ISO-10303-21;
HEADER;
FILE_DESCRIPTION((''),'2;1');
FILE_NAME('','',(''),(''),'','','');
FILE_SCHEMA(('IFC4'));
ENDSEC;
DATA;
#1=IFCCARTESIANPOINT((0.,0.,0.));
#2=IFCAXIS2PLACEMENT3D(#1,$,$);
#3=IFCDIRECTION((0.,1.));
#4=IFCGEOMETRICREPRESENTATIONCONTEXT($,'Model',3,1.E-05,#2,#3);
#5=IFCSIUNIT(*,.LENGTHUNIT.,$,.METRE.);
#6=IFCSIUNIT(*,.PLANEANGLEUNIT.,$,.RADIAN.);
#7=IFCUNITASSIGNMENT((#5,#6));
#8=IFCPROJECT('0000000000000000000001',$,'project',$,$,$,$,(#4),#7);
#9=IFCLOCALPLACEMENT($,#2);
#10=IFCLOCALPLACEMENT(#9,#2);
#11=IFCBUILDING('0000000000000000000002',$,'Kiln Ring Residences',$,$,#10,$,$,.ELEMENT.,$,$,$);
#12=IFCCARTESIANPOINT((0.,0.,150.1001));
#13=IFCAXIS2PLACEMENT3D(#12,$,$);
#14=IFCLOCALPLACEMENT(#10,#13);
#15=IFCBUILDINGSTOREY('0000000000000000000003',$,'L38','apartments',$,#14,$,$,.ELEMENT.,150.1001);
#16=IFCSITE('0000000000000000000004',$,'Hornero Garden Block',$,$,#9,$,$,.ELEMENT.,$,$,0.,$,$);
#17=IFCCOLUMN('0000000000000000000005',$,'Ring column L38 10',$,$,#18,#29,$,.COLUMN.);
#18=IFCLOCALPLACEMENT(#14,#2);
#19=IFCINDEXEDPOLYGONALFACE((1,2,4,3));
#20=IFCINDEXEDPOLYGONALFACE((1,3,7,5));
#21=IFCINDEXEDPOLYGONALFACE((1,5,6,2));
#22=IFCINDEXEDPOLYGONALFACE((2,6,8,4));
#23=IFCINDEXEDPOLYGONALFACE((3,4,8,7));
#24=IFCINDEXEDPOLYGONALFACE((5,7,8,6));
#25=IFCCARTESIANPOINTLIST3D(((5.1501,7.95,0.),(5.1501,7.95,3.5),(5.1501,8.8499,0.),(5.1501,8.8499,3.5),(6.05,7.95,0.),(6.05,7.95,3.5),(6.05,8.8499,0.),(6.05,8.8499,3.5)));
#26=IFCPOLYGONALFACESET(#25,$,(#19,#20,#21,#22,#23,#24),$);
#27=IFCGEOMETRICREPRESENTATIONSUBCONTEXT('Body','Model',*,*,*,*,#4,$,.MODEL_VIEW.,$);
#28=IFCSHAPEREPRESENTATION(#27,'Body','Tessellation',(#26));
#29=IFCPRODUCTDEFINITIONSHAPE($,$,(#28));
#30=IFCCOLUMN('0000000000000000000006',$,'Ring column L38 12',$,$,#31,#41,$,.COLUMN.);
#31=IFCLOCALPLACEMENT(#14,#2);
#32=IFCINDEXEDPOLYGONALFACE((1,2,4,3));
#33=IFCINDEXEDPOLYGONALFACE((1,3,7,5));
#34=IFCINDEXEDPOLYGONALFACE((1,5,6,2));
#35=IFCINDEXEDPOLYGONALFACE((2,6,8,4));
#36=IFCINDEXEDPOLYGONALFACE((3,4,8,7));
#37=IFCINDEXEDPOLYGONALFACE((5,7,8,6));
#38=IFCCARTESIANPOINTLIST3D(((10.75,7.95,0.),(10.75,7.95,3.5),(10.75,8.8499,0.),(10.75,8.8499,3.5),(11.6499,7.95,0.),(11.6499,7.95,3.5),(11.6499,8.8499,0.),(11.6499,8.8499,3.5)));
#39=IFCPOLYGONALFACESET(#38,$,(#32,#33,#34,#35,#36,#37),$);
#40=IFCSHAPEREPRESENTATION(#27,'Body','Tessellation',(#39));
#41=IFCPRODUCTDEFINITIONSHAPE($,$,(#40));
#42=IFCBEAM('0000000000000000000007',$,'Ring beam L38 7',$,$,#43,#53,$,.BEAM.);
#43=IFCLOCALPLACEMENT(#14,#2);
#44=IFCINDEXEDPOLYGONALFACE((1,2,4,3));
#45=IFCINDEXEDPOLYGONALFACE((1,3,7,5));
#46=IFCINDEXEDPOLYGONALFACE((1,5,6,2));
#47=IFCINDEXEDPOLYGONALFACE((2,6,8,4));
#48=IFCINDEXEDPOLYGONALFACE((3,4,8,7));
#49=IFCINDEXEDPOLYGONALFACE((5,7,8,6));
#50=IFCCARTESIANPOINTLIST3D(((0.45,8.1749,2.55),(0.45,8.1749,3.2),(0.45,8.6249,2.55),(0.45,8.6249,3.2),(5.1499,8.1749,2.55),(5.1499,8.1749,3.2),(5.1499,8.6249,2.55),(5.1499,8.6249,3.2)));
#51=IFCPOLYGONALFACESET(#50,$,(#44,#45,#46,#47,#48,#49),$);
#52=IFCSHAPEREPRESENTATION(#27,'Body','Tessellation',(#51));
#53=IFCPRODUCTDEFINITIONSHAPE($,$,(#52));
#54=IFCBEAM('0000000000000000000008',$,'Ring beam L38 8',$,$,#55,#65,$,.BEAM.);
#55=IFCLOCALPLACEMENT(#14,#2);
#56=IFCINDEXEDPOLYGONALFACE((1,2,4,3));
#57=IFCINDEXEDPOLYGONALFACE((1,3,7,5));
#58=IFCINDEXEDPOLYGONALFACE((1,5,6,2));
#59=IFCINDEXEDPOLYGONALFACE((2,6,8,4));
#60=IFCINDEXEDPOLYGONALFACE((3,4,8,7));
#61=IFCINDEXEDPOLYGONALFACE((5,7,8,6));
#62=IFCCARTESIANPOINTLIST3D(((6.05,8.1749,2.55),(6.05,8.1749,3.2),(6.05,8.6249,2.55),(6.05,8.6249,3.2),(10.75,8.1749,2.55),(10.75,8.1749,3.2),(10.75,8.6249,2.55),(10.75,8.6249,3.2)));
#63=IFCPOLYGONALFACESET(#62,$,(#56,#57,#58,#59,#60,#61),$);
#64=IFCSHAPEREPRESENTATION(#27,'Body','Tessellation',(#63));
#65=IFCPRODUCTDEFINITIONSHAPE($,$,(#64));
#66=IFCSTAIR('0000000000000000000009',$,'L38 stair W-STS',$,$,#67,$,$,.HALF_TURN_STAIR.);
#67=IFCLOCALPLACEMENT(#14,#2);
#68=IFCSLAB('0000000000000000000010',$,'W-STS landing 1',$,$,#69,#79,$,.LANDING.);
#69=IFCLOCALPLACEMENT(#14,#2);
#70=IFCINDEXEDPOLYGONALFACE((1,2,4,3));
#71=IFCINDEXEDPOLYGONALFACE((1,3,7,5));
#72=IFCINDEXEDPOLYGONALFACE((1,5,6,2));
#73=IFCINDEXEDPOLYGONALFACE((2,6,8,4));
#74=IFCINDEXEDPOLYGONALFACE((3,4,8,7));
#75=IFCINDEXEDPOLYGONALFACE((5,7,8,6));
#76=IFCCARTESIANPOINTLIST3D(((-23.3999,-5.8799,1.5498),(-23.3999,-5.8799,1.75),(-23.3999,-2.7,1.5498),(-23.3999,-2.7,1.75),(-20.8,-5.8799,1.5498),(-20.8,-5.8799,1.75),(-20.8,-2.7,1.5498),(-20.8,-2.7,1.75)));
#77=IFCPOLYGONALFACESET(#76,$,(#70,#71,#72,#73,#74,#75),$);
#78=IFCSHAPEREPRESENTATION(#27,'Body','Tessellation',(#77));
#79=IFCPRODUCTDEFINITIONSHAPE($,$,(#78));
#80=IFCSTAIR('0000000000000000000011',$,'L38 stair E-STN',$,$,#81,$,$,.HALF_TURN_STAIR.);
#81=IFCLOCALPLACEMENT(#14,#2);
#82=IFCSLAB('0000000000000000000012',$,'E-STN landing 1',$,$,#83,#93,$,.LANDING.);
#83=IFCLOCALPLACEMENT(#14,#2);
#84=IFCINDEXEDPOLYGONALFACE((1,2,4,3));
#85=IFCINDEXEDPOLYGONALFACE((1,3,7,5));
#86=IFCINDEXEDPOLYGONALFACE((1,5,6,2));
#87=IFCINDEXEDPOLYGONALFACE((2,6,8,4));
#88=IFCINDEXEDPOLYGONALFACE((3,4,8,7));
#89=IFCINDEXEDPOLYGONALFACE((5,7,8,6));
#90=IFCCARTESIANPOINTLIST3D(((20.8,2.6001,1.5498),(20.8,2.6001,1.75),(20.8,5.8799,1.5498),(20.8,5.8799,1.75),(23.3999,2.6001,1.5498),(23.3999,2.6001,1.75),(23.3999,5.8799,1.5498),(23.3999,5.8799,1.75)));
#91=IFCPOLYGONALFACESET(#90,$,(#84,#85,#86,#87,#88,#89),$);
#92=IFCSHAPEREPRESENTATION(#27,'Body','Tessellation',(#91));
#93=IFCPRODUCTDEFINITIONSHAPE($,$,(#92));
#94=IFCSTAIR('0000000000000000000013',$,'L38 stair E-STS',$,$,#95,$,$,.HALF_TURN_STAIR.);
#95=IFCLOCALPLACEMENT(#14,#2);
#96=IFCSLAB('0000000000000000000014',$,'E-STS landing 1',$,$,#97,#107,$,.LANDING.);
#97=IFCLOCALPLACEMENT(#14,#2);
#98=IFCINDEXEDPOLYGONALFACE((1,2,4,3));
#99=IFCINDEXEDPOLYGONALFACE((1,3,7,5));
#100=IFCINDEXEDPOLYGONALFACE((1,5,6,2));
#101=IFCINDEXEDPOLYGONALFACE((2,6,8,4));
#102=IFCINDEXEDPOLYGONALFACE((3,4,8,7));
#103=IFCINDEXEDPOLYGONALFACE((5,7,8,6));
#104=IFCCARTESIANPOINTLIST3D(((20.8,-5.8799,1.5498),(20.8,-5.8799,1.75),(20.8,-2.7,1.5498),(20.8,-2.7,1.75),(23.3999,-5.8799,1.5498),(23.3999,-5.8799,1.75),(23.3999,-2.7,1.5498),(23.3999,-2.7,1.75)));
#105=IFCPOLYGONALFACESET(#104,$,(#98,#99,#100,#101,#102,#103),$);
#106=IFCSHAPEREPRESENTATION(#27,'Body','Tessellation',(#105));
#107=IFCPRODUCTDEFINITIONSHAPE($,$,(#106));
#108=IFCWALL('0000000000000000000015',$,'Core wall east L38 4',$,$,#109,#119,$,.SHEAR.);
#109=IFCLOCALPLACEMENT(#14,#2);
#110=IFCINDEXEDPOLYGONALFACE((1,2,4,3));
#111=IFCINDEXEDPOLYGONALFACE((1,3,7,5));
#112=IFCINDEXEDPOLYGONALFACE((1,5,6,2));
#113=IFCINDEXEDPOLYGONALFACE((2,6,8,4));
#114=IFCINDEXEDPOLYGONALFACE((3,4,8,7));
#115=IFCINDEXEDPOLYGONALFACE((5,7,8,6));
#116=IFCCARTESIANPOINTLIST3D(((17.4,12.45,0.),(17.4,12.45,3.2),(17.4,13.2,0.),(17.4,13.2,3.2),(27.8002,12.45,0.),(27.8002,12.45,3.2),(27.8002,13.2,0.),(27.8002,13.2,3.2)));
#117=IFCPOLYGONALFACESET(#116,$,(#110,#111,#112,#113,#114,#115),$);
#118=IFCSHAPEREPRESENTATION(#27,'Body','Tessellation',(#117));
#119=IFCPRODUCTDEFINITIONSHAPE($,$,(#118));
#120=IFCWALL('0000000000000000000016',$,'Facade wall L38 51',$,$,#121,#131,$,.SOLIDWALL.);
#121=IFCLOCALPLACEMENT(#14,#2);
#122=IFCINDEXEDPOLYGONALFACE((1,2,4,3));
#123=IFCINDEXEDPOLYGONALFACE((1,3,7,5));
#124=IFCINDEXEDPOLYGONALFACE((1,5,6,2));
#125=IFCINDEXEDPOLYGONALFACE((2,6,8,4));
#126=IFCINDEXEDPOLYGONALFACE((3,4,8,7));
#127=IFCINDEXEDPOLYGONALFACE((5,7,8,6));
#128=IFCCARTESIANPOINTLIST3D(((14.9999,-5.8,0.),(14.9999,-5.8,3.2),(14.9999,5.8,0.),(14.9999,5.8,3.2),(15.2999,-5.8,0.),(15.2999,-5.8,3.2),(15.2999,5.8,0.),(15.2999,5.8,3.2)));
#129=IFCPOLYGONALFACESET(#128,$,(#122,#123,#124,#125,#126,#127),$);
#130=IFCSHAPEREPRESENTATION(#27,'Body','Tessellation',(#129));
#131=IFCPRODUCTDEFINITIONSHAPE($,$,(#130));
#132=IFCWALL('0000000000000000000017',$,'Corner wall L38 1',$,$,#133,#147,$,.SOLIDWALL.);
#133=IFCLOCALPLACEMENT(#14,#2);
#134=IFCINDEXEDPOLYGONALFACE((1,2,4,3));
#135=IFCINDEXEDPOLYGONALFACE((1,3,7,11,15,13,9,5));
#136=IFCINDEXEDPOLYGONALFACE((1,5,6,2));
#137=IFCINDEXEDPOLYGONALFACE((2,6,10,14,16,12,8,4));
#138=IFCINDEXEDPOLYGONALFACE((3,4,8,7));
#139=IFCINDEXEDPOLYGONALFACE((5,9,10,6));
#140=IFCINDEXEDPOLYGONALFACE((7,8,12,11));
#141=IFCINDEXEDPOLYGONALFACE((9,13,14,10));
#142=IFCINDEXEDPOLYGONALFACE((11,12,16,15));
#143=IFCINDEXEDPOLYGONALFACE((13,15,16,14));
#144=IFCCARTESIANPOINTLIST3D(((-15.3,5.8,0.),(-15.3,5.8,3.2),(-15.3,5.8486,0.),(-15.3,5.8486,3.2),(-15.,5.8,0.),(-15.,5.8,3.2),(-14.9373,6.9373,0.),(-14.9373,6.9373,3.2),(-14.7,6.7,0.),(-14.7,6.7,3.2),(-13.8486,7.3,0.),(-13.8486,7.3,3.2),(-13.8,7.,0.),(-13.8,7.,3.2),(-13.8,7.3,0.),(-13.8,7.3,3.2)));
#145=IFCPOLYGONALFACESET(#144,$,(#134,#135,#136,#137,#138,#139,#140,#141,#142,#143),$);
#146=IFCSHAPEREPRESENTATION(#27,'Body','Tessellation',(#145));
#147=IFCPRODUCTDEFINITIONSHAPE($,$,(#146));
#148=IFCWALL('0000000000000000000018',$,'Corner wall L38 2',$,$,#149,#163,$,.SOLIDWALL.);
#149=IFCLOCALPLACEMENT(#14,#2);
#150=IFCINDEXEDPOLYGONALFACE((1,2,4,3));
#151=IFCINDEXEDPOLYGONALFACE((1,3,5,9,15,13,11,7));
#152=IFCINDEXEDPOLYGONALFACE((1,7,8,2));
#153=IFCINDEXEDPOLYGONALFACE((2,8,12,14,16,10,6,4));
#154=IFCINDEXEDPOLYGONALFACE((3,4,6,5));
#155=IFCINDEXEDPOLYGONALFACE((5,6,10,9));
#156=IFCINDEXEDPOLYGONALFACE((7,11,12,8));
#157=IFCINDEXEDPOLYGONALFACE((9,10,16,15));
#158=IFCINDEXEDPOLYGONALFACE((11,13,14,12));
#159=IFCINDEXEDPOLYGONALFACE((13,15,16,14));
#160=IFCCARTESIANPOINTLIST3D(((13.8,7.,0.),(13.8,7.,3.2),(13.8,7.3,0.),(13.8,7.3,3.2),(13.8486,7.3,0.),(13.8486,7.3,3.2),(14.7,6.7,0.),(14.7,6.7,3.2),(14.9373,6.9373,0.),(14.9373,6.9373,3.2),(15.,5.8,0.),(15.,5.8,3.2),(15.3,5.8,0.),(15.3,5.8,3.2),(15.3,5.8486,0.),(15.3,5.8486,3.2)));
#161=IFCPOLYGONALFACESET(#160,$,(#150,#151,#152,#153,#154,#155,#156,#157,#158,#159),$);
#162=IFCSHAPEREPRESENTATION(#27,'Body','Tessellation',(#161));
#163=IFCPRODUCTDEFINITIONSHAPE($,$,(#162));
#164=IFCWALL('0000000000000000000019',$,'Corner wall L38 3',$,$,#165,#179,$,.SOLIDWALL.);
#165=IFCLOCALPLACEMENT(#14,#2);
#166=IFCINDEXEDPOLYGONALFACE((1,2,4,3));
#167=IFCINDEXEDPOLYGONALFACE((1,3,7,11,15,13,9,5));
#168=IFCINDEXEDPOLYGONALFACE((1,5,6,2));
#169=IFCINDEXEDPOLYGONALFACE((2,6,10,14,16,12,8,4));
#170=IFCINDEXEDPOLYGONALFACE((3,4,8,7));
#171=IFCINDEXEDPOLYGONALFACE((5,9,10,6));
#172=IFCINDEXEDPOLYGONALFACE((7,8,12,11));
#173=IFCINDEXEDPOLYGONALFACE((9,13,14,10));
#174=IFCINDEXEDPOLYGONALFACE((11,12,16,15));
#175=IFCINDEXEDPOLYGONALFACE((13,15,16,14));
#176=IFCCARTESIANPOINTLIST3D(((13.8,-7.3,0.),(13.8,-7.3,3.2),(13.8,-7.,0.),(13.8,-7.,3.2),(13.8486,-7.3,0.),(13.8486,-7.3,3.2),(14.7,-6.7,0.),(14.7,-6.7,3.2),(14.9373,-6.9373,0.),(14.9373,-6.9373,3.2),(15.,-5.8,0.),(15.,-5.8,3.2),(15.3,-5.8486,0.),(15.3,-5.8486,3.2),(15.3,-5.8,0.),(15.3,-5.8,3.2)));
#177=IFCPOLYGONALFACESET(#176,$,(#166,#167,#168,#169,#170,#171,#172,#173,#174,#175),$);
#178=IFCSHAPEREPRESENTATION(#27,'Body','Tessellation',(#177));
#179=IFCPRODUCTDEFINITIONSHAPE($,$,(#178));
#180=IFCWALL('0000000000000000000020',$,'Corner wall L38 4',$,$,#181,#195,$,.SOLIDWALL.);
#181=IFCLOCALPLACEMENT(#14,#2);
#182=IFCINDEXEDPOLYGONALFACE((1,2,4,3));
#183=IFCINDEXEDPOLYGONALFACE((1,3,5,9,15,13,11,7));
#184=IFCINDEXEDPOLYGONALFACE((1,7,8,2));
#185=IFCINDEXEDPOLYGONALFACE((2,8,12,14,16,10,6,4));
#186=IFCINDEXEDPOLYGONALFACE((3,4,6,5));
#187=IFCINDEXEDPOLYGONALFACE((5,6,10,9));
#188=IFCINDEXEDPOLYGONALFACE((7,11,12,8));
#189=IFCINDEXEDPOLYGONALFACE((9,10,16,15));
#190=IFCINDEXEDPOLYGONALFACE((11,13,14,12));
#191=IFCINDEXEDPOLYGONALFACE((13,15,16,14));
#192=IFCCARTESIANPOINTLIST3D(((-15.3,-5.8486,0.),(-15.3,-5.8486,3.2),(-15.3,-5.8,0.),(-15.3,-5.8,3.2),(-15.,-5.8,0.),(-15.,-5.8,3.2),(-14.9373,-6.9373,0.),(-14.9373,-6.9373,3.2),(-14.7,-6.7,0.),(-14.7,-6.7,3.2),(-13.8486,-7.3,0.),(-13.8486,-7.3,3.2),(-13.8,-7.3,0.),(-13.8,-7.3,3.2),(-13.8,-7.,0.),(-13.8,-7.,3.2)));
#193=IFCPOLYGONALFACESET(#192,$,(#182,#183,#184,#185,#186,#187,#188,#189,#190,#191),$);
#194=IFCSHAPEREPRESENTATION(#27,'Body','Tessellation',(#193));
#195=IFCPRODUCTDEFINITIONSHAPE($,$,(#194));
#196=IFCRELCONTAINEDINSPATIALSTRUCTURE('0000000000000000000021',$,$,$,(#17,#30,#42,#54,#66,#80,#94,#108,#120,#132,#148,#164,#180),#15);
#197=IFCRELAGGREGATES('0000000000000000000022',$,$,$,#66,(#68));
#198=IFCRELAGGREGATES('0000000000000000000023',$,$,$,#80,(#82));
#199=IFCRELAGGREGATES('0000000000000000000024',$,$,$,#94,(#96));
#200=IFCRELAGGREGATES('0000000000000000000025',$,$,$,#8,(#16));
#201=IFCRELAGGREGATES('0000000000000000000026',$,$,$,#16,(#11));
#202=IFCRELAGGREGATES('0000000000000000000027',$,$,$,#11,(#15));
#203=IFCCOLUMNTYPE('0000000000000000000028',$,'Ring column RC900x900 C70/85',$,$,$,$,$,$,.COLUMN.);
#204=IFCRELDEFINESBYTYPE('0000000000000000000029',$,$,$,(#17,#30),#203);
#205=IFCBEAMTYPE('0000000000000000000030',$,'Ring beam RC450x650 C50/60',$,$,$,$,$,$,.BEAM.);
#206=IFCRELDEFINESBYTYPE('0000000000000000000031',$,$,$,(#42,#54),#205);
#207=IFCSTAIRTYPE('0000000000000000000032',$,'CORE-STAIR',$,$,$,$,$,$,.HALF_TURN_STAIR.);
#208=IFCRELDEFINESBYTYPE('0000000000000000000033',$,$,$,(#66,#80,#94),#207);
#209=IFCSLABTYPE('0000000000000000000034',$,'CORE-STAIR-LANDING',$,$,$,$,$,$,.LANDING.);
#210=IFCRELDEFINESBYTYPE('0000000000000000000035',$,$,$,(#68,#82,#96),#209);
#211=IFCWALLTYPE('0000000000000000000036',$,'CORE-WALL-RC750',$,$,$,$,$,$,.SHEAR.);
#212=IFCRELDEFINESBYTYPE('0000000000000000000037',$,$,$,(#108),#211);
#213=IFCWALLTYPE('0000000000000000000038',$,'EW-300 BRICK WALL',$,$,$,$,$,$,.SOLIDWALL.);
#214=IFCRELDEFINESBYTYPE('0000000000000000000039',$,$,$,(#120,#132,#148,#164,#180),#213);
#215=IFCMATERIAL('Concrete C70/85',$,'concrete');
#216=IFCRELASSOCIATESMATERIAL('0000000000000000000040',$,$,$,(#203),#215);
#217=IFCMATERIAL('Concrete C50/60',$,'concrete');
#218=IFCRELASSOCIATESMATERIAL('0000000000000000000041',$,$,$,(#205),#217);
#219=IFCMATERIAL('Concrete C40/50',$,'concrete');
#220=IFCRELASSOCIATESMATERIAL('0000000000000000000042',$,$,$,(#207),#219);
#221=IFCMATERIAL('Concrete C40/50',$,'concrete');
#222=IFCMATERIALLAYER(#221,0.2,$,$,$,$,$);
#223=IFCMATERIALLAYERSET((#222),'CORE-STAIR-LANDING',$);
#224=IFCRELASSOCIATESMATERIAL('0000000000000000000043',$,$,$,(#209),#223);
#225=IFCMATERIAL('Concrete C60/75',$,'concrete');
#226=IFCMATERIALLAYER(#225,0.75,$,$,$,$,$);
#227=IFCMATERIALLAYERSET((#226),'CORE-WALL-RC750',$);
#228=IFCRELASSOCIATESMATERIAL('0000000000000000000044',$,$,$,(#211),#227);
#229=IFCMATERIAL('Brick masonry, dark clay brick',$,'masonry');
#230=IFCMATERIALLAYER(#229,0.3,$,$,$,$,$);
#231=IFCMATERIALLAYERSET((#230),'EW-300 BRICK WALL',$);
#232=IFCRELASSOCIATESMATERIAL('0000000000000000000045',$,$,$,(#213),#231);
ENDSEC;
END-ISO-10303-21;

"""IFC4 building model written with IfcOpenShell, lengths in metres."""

from ifc_helpers import new_model, si_unit, direction, frame, frame_2d, origin, origin_2d, place, context, subcontext, project, spatial, polyline, rectangle, outline, extrude, material, layer, layer_set, material_profile, profile_set, type_object, element, aggregate, save


model = new_model("IFC4")

# Units and contexts
model_context = context("Model", 3, precision=1e-05, world=origin(), true_north=direction((0.0, 1.0)))
body_context = subcontext(model_context, "Body", "Model", "MODEL_VIEW")
ifc_project = project(units=[si_unit("LENGTHUNIT", "METRE"), si_unit("PLANEANGLEUNIT", "RADIAN")], contexts=[model_context])

# Site, building, storey
site_placement = place(None, origin())
site = spatial("IfcSite", under=ifc_project, at=site_placement, Name="Hornero Garden Block", CompositionType="ELEMENT", RefElevation=0.0)
building_placement = place(site_placement, origin())
building = spatial("IfcBuilding", under=site, at=building_placement, Name="Kiln Ring Residences", CompositionType="ELEMENT")
storey_placement = place(building_placement, frame((0.0, 0.0, 150.1001)))
storey = spatial("IfcBuildingStorey", under=building, at=storey_placement, Name="L38", Description="apartments", CompositionType="ELEMENT", Elevation=150.1001)

# Columns
ifc_material_1 = material(Name="Concrete C70/85", Category="concrete")
ifc_material_profile_1 = material_profile(ifc_material_1, rectangle(XDim=0.8999, YDim=0.8999, at=origin_2d()), Name="RC900x900")
ifc_profile_set_1 = profile_set([ifc_material_profile_1], Name="Concrete C70/85")
column_type = type_object("IfcColumnType", Name="Ring column RC900x900 C70/85", PredefinedType="COLUMN", material=ifc_profile_set_1)
for number, where, z_axis, x_axis, name in (
    (1, (5.6001, 8.3999, 0.0), (0.0, 0.0, 1.0), (1.0, 0.0, 0.0), "Ring column L38 10"),
    (2, (11.2, 8.3999, 0.0), (0.0, 0.0, 1.0), (1.0, 0.0, 0.0), "Ring column L38 12"),
):
    element("IfcColumn", number, at=place(storey_placement, frame(where, z_axis=z_axis, x_axis=x_axis)), inside=storey, type_object=column_type, Name=name, PredefinedType="COLUMN", context=body_context, shape_type="SweptSolid", body=[
        extrude(rectangle(XDim=0.8999, YDim=0.8999, at=origin_2d()), origin(), (0.0, 0.0, 1.0), 3.5),
    ])

# Beams
ifc_material_2 = material(Name="Concrete C50/60", Category="concrete")
ifc_material_profile_2 = material_profile(ifc_material_2, rectangle(XDim=0.45, YDim=0.6499, at=origin_2d()), Name="RC450x650")
ifc_profile_set_2 = profile_set([ifc_material_profile_2], Name="Concrete C50/60")
beam_type = type_object("IfcBeamType", Name="Ring beam RC450x650 C50/60", PredefinedType="BEAM", material=ifc_profile_set_2)
for number, where, z_axis, x_axis, name in (
    (3, (0.45, 8.3999, 2.875), (1.0, 0.0, 0.0), (0.0, 1.0, 0.0), "Ring beam L38 7"),
    (4, (6.05, 8.3999, 2.875), (1.0, 0.0, 0.0), (0.0, 1.0, 0.0), "Ring beam L38 8"),
):
    element("IfcBeam", number, at=place(storey_placement, frame(where, z_axis=z_axis, x_axis=x_axis)), inside=storey, type_object=beam_type, Name=name, PredefinedType="BEAM", context=body_context, shape_type="SweptSolid", body=[
        extrude(rectangle(XDim=0.45, YDim=0.6499, at=origin_2d()), origin(), (0.0, 0.0, 1.0), 4.7),
    ])

# Stairs, slabs
ifc_material_3 = material(Name="Concrete C40/50", Category="concrete")
stair_type = type_object("IfcStairType", Name="CORE-STAIR", PredefinedType="HALF_TURN_STAIR", material=ifc_material_3)
placement_1 = place(storey_placement, origin())
stair_1 = element("IfcStair", 5, at=placement_1, inside=storey, type_object=stair_type, Name="L38 stair W-STS", PredefinedType="HALF_TURN_STAIR")
ifc_material_4 = material(Name="Concrete C40/50", Category="concrete")
ifc_layer_1 = layer(ifc_material_4, 0.2)
ifc_layer_set_1 = layer_set([ifc_layer_1], Name="CORE-STAIR-LANDING")
slab_type = type_object("IfcSlabType", Name="CORE-STAIR-LANDING", PredefinedType="LANDING", material=ifc_layer_set_1)
placement_2 = place(storey_placement, frame((0.0, 0.0, 1.5498)))
slab_1 = element("IfcSlab", 6, at=placement_2, type_object=slab_type, Name="W-STS landing 1", PredefinedType="LANDING", context=body_context, shape_type="SweptSolid", body=[
    extrude(outline(polyline([(-20.8, -5.8799), (-20.8, -2.7), (-23.3999, -2.7), (-23.3999, -5.8799), (-20.8, -5.8799)])), origin(), (0.0, 0.0, 1.0), 0.2002),
])
aggregate(stair_1, [slab_1])
stair_2 = element("IfcStair", 7, at=placement_1, inside=storey, type_object=stair_type, Name="L38 stair E-STN", PredefinedType="HALF_TURN_STAIR")
slab_2 = element("IfcSlab", 8, at=placement_2, type_object=slab_type, Name="E-STN landing 1", PredefinedType="LANDING", context=body_context, shape_type="SweptSolid", body=[
    extrude(outline(polyline([(20.8, 5.8799), (20.8, 2.6001), (23.3999, 2.6001), (23.3999, 5.8799), (20.8, 5.8799)])), origin(), (0.0, 0.0, 1.0), 0.2002),
])
aggregate(stair_2, [slab_2])
stair_3 = element("IfcStair", 9, at=placement_1, inside=storey, type_object=stair_type, Name="L38 stair E-STS", PredefinedType="HALF_TURN_STAIR")
slab_3 = element("IfcSlab", 10, at=placement_2, type_object=slab_type, Name="E-STS landing 1", PredefinedType="LANDING", context=body_context, shape_type="SweptSolid", body=[
    extrude(outline(polyline([(23.3999, -5.8799), (23.3999, -2.7), (20.8, -2.7), (20.8, -5.8799), (23.3999, -5.8799)])), origin(), (0.0, 0.0, 1.0), 0.2002),
])
aggregate(stair_3, [slab_3])

# Walls
ifc_material_5 = material(Name="Concrete C60/75", Category="concrete")
ifc_layer_2 = layer(ifc_material_5, 0.75)
ifc_layer_set_2 = layer_set([ifc_layer_2], Name="CORE-WALL-RC750")
wall_type_1 = type_object("IfcWallType", Name="CORE-WALL-RC750", PredefinedType="SHEAR", material=ifc_layer_set_2)
wall_1_placement = place(storey_placement, frame((17.3999, 12.825, 0.0), z_axis=(0.0, 0.0, 1.0), x_axis=(1.0, 0.0, 0.0)))
element("IfcWall", 11, at=wall_1_placement, inside=storey, type_object=wall_type_1, Name="Core wall east L38 4", PredefinedType="SHEAR", context=body_context, shape_type="SweptSolid", body=[
    extrude(rectangle(XDim=10.4001, YDim=0.75, at=frame_2d((5.2002, 0.0))), origin(), (0.0, 0.0, 1.0), 3.2),
])
ifc_material_6 = material(Name="Brick masonry, dark clay brick", Category="masonry")
ifc_layer_3 = layer(ifc_material_6, 0.3)
ifc_layer_set_3 = layer_set([ifc_layer_3], Name="EW-300 BRICK WALL")
wall_type_2 = type_object("IfcWallType", Name="EW-300 BRICK WALL", PredefinedType="SOLIDWALL", material=ifc_layer_set_3)
wall_2_placement = place(storey_placement, frame((15.1499, 5.8, 0.0), z_axis=(0.0, 0.0, 1.0), x_axis=(0.0, -1.0, 0.0)))
element("IfcWall", 12, at=wall_2_placement, inside=storey, type_object=wall_type_2, Name="Facade wall L38 51", PredefinedType="SOLIDWALL", context=body_context, shape_type="SweptSolid", body=[
    extrude(rectangle(XDim=11.6001, YDim=0.3, at=frame_2d((5.8, 0.0))), origin(), (0.0, 0.0, 1.0), 3.2),
])
element("IfcWall", 13, at=placement_1, inside=storey, type_object=wall_type_2, Name="Corner wall L38 1", PredefinedType="SOLIDWALL", context=body_context, shape_type="SweptSolid", body=[
    extrude(outline(polyline([(-13.8486, 7.3), (-14.9373, 6.9373), (-15.3, 5.8486), (-15.3, 5.8), (-15.0, 5.8), (-14.7, 6.7), (-13.8, 7.0), (-13.8, 7.3), (-13.8486, 7.3)])), origin(), (0.0, 0.0, 1.0), 3.2),
])
element("IfcWall", 14, at=placement_1, inside=storey, type_object=wall_type_2, Name="Corner wall L38 2", PredefinedType="SOLIDWALL", context=body_context, shape_type="SweptSolid", body=[
    extrude(outline(polyline([(14.9373, 6.9373), (13.8486, 7.3), (13.8, 7.3), (13.8, 7.0), (14.7, 6.7), (15.0, 5.8), (15.3, 5.8), (15.3, 5.8486), (14.9373, 6.9373)])), origin(), (0.0, 0.0, 1.0), 3.2),
])
element("IfcWall", 15, at=placement_1, inside=storey, type_object=wall_type_2, Name="Corner wall L38 3", PredefinedType="SOLIDWALL", context=body_context, shape_type="SweptSolid", body=[
    extrude(outline(polyline([(14.9373, -6.9373), (15.3, -5.8486), (15.3, -5.8), (15.0, -5.8), (14.7, -6.7), (13.8, -7.0), (13.8, -7.3), (13.8486, -7.3), (14.9373, -6.9373)])), origin(), (0.0, 0.0, 1.0), 3.2),
])
element("IfcWall", 16, at=placement_1, inside=storey, type_object=wall_type_2, Name="Corner wall L38 4", PredefinedType="SOLIDWALL", context=body_context, shape_type="SweptSolid", body=[
    extrude(outline(polyline([(-14.9373, -6.9373), (-13.8486, -7.3), (-13.8, -7.3), (-13.8, -7.0), (-14.7, -6.7), (-15.0, -5.8), (-15.3, -5.8), (-15.3, -5.8486), (-14.9373, -6.9373)])), origin(), (0.0, 0.0, 1.0), 3.2),
])

save(model, "model.ifc")
